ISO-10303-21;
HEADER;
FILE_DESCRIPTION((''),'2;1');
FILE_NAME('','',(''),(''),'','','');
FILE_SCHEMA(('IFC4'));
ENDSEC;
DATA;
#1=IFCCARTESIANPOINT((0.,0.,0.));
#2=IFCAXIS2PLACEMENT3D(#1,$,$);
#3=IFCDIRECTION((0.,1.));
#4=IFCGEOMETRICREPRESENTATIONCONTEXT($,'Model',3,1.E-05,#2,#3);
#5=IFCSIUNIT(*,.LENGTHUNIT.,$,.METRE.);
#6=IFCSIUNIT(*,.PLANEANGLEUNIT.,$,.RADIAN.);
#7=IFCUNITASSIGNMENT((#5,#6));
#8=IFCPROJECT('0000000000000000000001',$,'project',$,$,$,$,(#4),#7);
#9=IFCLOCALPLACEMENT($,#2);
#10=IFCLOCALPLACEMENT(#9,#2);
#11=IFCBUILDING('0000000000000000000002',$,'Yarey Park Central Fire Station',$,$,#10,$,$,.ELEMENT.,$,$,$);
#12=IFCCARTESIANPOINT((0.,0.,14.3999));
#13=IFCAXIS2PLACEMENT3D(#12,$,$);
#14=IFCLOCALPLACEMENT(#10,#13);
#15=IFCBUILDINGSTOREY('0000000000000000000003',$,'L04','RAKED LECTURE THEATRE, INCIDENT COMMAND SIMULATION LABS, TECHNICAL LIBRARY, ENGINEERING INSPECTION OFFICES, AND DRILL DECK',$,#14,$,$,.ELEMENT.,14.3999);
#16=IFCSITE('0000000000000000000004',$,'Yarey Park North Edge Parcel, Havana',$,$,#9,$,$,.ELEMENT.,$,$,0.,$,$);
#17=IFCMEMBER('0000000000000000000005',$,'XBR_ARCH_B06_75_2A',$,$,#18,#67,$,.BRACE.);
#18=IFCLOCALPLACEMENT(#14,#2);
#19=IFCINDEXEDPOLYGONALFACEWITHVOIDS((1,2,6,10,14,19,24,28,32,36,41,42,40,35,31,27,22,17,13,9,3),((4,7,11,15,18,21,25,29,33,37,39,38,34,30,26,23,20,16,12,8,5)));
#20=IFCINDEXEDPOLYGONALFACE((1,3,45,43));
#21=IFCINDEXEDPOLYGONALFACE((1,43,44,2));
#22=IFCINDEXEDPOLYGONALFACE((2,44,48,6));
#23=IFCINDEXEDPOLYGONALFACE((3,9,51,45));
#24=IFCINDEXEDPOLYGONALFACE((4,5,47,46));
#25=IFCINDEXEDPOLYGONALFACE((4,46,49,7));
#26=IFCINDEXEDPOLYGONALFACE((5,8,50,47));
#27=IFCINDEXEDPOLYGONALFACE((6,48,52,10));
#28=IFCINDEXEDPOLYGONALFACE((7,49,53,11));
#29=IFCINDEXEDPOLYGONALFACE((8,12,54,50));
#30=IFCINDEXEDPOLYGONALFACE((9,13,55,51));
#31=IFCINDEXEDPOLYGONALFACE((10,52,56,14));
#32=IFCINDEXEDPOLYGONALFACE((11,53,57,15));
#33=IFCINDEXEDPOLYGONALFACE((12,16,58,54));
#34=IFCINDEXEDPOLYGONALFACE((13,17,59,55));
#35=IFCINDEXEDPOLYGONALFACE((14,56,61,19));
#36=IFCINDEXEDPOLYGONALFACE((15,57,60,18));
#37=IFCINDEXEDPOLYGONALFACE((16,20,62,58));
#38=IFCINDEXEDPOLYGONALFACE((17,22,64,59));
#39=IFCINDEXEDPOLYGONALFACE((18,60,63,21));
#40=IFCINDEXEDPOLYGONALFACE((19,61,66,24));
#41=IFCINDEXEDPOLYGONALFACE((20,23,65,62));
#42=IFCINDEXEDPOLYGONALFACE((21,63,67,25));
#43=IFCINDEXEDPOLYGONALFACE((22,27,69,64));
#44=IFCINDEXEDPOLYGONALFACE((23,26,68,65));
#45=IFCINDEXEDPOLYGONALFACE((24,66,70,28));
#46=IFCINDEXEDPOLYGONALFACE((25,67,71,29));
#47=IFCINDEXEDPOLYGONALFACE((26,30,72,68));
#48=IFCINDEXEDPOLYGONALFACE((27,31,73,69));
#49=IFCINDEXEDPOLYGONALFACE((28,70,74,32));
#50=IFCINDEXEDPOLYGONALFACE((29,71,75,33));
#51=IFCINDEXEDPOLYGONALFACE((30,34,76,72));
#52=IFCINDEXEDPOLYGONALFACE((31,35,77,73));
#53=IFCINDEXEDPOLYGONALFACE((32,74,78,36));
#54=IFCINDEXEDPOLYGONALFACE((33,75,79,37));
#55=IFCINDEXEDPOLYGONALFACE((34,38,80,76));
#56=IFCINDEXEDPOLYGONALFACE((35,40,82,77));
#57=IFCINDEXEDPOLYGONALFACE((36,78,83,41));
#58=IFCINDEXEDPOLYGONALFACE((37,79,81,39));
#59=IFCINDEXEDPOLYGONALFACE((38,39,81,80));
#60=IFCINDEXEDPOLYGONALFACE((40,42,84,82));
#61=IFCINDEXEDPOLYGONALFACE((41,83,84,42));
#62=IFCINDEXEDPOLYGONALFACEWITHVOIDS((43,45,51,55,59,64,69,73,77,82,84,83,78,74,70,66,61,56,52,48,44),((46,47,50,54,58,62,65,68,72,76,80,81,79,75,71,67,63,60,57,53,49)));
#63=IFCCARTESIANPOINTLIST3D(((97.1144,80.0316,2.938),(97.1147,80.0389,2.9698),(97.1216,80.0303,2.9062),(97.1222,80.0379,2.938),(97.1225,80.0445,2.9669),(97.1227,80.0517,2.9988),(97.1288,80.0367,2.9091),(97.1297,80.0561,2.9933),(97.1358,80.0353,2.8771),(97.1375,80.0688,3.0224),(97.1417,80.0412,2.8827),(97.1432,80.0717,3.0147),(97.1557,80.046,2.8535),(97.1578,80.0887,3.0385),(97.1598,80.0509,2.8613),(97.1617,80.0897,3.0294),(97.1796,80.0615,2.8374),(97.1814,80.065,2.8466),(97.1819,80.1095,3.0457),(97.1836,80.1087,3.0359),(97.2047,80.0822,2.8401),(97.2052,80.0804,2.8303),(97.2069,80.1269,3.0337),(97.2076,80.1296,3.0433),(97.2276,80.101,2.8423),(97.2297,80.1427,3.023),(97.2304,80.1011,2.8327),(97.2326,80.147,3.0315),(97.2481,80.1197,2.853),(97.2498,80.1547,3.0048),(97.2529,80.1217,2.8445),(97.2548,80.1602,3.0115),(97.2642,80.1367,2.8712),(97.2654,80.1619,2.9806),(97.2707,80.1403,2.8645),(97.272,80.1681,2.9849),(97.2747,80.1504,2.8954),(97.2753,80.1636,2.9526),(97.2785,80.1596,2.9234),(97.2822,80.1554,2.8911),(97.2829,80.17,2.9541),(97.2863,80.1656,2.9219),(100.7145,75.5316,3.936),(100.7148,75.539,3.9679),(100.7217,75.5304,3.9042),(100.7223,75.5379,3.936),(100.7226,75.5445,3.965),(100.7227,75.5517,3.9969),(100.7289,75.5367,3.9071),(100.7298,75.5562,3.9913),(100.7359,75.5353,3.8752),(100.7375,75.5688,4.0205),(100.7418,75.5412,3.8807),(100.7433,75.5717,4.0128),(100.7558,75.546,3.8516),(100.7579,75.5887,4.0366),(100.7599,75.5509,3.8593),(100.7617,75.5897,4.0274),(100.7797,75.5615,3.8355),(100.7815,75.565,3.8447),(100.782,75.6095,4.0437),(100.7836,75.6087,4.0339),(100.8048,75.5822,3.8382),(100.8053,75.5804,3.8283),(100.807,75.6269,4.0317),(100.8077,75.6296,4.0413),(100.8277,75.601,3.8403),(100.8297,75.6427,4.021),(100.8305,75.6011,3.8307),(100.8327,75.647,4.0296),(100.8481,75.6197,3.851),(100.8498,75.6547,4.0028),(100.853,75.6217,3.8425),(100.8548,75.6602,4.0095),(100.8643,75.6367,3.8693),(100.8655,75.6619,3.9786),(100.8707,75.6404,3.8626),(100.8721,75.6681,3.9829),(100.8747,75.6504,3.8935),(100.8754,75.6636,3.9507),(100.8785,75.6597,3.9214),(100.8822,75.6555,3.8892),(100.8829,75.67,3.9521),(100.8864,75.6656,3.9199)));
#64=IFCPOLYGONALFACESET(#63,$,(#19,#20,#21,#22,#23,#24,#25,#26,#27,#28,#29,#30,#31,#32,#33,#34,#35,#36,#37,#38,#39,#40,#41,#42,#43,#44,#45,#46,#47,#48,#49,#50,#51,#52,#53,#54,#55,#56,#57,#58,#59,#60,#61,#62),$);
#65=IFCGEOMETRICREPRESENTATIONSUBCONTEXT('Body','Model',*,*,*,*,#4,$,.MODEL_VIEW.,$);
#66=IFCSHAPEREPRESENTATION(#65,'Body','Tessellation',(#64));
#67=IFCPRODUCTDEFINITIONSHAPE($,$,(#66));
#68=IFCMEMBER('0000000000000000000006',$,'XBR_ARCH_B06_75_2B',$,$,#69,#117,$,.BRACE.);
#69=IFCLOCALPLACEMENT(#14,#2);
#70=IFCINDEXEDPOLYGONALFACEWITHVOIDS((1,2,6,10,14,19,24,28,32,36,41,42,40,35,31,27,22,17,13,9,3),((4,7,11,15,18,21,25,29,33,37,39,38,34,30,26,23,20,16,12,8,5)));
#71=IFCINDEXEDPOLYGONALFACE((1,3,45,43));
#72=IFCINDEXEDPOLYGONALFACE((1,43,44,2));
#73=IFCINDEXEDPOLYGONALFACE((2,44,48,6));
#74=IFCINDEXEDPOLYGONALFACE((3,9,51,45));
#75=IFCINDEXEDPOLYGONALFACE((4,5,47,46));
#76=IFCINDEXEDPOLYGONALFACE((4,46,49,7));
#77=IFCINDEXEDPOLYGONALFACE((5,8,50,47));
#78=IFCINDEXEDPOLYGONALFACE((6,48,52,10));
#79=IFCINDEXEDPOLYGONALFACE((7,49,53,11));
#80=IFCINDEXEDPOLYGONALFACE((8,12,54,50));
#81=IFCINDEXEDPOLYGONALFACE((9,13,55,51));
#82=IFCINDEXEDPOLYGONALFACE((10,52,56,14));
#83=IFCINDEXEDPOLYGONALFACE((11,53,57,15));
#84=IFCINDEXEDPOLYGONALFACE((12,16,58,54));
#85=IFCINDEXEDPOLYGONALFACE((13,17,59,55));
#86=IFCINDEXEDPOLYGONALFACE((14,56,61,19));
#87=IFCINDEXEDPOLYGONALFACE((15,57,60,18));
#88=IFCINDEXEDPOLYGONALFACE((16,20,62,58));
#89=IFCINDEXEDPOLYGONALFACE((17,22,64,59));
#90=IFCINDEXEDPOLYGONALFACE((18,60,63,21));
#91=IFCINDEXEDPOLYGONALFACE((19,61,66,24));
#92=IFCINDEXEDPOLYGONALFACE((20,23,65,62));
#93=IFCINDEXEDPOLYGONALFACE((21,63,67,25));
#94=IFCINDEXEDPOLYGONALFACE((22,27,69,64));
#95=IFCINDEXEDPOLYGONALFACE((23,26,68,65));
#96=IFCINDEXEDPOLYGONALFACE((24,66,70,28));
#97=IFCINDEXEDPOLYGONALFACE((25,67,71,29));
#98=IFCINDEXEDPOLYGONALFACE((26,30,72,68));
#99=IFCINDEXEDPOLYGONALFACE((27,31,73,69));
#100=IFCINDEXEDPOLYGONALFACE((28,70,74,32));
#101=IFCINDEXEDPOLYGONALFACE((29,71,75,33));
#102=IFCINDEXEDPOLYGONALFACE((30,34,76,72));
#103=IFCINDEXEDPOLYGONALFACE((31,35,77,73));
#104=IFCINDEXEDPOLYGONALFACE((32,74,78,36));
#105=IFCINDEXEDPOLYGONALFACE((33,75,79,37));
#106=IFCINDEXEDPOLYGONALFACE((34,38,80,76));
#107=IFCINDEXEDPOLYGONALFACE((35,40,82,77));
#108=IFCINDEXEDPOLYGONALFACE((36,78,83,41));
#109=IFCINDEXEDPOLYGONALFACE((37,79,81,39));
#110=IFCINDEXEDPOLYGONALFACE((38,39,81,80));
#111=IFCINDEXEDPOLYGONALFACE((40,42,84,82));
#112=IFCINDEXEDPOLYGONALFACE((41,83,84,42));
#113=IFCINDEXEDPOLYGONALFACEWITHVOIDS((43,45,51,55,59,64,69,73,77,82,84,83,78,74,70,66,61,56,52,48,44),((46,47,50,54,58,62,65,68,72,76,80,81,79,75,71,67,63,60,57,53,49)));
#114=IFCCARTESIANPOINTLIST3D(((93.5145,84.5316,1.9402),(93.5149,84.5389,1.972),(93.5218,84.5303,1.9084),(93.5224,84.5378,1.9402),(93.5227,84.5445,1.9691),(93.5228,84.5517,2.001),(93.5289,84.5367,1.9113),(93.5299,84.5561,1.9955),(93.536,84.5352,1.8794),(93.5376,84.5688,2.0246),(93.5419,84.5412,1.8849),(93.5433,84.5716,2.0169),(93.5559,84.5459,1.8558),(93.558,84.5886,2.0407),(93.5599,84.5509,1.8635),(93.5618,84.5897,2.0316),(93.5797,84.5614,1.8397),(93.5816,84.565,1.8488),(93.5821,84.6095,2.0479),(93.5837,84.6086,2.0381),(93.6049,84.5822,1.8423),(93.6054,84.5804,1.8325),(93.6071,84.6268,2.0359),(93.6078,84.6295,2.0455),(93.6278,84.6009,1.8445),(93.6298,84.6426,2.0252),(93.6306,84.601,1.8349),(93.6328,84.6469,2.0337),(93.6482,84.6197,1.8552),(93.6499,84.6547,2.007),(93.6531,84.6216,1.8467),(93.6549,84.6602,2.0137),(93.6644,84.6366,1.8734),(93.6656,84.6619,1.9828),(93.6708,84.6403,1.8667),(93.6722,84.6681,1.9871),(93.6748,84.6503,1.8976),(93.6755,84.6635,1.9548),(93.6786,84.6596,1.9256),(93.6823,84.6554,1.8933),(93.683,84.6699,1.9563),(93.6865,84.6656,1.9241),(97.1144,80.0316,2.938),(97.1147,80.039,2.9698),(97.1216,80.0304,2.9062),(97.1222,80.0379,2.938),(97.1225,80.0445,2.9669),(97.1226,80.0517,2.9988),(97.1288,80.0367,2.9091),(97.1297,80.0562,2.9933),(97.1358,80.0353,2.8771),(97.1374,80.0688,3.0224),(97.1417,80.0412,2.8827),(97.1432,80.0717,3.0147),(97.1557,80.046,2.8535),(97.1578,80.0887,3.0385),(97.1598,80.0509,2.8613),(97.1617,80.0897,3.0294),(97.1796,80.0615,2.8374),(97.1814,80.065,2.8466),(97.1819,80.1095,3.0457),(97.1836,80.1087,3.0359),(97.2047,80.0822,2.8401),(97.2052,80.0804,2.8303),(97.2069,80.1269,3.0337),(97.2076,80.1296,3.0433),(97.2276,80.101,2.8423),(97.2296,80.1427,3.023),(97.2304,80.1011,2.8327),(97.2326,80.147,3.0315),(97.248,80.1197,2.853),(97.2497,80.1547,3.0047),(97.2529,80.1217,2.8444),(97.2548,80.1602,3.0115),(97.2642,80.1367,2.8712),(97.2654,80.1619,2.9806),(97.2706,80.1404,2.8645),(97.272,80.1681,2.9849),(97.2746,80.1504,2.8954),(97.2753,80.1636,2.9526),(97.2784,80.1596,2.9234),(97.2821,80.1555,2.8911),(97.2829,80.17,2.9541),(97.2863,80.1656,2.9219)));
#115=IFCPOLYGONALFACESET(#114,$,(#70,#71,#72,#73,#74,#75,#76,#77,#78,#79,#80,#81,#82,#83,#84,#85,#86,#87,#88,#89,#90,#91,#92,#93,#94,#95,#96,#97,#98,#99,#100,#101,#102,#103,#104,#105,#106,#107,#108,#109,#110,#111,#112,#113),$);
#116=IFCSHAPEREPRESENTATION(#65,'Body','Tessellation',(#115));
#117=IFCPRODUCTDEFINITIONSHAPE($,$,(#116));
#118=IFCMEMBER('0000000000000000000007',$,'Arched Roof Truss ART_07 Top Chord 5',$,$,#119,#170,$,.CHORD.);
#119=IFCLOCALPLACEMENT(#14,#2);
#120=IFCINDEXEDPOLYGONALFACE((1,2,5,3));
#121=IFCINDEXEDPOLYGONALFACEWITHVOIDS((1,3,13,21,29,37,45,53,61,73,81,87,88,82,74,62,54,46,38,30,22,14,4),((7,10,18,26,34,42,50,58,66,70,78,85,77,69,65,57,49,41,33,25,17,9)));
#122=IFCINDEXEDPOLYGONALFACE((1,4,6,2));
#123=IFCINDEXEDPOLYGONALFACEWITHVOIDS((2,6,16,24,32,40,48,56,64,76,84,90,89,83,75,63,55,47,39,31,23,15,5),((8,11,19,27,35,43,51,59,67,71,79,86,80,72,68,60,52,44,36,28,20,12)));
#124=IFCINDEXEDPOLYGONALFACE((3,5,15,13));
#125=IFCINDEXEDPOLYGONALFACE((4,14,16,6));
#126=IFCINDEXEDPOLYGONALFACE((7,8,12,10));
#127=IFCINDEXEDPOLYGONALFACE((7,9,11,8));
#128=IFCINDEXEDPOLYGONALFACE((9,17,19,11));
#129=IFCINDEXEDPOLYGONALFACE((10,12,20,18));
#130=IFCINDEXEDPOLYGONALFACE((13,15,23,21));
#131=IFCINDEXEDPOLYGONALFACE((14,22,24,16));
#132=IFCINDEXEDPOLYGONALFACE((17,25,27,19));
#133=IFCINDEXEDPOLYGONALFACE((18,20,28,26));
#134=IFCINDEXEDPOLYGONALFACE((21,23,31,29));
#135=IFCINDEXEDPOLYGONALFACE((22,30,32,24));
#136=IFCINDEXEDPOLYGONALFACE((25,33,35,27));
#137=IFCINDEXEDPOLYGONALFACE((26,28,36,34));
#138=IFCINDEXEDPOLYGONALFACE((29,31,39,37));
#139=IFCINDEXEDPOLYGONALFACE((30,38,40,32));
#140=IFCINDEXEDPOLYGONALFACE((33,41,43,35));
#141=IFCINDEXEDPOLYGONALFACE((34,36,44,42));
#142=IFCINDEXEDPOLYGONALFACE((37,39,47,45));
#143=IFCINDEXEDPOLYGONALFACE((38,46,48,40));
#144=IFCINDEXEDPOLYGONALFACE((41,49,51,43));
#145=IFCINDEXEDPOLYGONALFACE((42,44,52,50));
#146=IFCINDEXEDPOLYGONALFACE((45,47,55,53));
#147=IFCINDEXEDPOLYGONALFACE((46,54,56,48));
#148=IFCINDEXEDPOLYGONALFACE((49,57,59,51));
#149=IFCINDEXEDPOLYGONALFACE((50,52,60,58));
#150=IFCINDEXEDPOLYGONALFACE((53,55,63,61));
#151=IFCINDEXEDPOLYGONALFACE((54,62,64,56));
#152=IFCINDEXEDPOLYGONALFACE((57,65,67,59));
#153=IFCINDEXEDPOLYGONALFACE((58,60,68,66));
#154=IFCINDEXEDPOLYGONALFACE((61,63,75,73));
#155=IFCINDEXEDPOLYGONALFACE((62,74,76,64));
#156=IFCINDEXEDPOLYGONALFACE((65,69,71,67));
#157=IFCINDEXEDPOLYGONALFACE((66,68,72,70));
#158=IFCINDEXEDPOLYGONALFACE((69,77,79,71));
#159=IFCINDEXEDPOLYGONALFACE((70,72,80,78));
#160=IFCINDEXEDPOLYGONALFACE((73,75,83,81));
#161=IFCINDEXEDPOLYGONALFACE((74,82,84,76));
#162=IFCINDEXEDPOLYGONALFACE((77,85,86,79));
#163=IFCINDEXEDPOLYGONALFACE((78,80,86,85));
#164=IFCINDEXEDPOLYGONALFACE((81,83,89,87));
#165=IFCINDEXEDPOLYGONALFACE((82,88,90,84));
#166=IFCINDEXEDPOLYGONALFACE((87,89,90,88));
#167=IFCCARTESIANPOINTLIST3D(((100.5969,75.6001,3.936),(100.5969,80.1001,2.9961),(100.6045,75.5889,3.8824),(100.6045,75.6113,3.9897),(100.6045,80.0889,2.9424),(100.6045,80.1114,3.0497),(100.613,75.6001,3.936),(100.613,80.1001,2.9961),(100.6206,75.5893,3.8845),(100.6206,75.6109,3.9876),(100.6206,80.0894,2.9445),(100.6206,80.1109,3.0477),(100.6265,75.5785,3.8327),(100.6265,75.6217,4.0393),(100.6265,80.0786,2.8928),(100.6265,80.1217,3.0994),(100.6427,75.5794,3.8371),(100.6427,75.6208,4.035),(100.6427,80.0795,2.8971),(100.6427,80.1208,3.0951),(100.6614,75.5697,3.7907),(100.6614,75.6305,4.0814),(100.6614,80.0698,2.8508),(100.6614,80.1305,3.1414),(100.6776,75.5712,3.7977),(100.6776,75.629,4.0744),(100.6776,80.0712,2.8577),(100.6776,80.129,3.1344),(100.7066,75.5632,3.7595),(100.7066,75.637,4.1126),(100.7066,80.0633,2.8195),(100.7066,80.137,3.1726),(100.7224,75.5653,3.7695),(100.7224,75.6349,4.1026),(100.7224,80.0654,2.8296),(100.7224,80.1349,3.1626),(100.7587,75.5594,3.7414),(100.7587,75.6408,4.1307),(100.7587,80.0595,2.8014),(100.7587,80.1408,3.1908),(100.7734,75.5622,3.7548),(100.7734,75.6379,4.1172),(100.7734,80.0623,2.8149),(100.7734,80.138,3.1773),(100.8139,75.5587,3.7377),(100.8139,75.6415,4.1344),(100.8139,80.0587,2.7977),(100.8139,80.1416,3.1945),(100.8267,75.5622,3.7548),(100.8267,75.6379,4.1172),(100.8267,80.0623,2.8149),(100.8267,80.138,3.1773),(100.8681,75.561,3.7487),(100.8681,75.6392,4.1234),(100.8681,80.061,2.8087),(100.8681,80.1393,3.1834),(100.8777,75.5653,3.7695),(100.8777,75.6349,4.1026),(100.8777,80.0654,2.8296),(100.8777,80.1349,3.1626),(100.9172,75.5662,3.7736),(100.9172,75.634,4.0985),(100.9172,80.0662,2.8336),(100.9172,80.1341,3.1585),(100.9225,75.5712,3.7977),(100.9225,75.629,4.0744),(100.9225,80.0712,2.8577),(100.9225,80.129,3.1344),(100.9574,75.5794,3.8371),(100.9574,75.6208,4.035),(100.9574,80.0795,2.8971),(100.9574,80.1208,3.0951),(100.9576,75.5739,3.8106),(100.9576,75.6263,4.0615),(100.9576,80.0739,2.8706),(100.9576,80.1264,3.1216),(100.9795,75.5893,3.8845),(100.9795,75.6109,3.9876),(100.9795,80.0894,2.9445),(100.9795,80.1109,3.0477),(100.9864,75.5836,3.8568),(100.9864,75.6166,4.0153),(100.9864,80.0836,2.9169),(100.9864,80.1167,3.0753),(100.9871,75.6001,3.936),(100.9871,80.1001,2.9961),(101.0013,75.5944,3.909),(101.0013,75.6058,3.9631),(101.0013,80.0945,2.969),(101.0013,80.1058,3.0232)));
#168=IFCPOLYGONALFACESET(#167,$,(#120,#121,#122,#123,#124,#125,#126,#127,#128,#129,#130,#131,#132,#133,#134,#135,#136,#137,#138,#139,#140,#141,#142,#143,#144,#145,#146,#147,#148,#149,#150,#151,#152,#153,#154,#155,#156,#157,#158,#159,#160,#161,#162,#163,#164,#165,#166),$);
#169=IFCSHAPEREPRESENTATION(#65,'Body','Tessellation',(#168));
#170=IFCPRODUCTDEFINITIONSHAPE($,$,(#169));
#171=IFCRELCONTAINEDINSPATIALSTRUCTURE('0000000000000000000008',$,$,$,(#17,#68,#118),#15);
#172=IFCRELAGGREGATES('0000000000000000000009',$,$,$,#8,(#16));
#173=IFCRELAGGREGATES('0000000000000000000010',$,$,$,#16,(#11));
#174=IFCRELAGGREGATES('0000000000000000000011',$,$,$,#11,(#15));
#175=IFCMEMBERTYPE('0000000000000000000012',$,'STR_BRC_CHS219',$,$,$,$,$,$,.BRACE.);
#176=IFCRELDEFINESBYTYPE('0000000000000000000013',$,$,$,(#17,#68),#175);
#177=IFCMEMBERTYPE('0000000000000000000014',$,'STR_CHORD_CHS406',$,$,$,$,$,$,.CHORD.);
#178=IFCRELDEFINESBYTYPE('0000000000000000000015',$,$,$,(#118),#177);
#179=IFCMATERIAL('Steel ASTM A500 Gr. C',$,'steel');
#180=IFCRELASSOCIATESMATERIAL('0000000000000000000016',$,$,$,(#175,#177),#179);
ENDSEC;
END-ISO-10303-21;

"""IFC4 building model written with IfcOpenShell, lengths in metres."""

from ifc_helpers import new_model, si_unit, direction, frame, origin, origin_2d, place, context, subcontext, project, spatial, hollow_circle, extrude, material, material_profile, profile_set, type_object, element, save


model = new_model("IFC4")

# Units and contexts
model_context = context("Model", 3, precision=1e-05, world=origin(), true_north=direction((0.0, 1.0)))
body_context = subcontext(model_context, "Body", "Model", "MODEL_VIEW")
ifc_project = project(units=[si_unit("LENGTHUNIT", "METRE"), si_unit("PLANEANGLEUNIT", "RADIAN")], contexts=[model_context])

# Site, building, storey
site_placement = place(None, origin())
site = spatial("IfcSite", under=ifc_project, at=site_placement, Name="Yarey Park North Edge Parcel, Havana", CompositionType="ELEMENT", RefElevation=0.0)
building_placement = place(site_placement, origin())
building = spatial("IfcBuilding", under=site, at=building_placement, Name="Yarey Park Central Fire Station", CompositionType="ELEMENT")
storey_placement = place(building_placement, frame((0.0, 0.0, 14.3999)))
storey = spatial("IfcBuildingStorey", under=building, at=storey_placement, Name="L04", Description="RAKED LECTURE THEATRE, INCIDENT COMMAND SIMULATION LABS, TECHNICAL LIBRARY, ENGINEERING INSPECTION OFFICES, AND DRILL DECK", CompositionType="ELEMENT", Elevation=14.3999)

# Members
ifc_material_1 = material(Name="Steel ASTM A500 Gr. C", Category="steel")
ifc_material_profile_1 = material_profile(ifc_material_1, hollow_circle(Radius=0.1096, WallThickness=0.01, at=origin_2d()), Name="CHS 219.1x10")
ifc_profile_set_1 = profile_set([ifc_material_profile_1], Name="Steel ASTM A500 Gr. C")
member_type_1 = type_object("IfcMemberType", Name="STR_BRC_CHS219", PredefinedType="BRACE", material=ifc_profile_set_1)
member_1_placement = place(storey_placement, frame((100.8, 75.6001, 3.936), z_axis=(-0.615543, 0.769407, -0.170645), x_axis=(-0.780861, -0.624705, 0.0)))
element("IfcMember", 1, at=member_1_placement, inside=storey, type_object=member_type_1, Name="XBR_ARCH_B06_75_2A", PredefinedType="BRACE", context=body_context, shape_type="SweptSolid", body=[
    extrude(hollow_circle(Radius=0.1096, WallThickness=0.01, at=origin_2d()), origin(), (0.0, 0.0, 1.0), 5.8486),
])
member_2_placement = place(storey_placement, frame((97.2, 80.1001, 2.938), z_axis=(-0.615521, 0.769433, -0.170609), x_axis=(-0.780881, -0.62468, 0.0)))
element("IfcMember", 2, at=member_2_placement, inside=storey, type_object=member_type_1, Name="XBR_ARCH_B06_75_2B", PredefinedType="BRACE", context=body_context, shape_type="SweptSolid", body=[
    extrude(hollow_circle(Radius=0.1096, WallThickness=0.01, at=origin_2d()), origin(), (0.0, 0.0, 1.0), 5.8484),
])
ifc_material_profile_2 = material_profile(ifc_material_1, hollow_circle(Radius=0.2031, WallThickness=0.0161, at=origin_2d()), Name="CHS 406.4x16")
ifc_profile_set_2 = profile_set([ifc_material_profile_2], Name="Steel ASTM A500 Gr. C")
member_type_2 = type_object("IfcMemberType", Name="STR_CHORD_CHS406", PredefinedType="CHORD", material=ifc_profile_set_2)
member_3_placement = place(storey_placement, frame((100.8, 75.6001, 3.936), z_axis=(0.0, 0.978874, -0.204463), x_axis=(-1.0, 0.0, 0.0)))
element("IfcMember", 3, at=member_3_placement, inside=storey, type_object=member_type_2, Name="Arched Roof Truss ART_07 Top Chord 5", PredefinedType="CHORD", context=body_context, shape_type="SweptSolid", body=[
    extrude(hollow_circle(Radius=0.2031, WallThickness=0.0161, at=origin_2d()), origin(), (0.0, 0.0, 1.0), 4.5972),
])

save(model, "model.ifc")
